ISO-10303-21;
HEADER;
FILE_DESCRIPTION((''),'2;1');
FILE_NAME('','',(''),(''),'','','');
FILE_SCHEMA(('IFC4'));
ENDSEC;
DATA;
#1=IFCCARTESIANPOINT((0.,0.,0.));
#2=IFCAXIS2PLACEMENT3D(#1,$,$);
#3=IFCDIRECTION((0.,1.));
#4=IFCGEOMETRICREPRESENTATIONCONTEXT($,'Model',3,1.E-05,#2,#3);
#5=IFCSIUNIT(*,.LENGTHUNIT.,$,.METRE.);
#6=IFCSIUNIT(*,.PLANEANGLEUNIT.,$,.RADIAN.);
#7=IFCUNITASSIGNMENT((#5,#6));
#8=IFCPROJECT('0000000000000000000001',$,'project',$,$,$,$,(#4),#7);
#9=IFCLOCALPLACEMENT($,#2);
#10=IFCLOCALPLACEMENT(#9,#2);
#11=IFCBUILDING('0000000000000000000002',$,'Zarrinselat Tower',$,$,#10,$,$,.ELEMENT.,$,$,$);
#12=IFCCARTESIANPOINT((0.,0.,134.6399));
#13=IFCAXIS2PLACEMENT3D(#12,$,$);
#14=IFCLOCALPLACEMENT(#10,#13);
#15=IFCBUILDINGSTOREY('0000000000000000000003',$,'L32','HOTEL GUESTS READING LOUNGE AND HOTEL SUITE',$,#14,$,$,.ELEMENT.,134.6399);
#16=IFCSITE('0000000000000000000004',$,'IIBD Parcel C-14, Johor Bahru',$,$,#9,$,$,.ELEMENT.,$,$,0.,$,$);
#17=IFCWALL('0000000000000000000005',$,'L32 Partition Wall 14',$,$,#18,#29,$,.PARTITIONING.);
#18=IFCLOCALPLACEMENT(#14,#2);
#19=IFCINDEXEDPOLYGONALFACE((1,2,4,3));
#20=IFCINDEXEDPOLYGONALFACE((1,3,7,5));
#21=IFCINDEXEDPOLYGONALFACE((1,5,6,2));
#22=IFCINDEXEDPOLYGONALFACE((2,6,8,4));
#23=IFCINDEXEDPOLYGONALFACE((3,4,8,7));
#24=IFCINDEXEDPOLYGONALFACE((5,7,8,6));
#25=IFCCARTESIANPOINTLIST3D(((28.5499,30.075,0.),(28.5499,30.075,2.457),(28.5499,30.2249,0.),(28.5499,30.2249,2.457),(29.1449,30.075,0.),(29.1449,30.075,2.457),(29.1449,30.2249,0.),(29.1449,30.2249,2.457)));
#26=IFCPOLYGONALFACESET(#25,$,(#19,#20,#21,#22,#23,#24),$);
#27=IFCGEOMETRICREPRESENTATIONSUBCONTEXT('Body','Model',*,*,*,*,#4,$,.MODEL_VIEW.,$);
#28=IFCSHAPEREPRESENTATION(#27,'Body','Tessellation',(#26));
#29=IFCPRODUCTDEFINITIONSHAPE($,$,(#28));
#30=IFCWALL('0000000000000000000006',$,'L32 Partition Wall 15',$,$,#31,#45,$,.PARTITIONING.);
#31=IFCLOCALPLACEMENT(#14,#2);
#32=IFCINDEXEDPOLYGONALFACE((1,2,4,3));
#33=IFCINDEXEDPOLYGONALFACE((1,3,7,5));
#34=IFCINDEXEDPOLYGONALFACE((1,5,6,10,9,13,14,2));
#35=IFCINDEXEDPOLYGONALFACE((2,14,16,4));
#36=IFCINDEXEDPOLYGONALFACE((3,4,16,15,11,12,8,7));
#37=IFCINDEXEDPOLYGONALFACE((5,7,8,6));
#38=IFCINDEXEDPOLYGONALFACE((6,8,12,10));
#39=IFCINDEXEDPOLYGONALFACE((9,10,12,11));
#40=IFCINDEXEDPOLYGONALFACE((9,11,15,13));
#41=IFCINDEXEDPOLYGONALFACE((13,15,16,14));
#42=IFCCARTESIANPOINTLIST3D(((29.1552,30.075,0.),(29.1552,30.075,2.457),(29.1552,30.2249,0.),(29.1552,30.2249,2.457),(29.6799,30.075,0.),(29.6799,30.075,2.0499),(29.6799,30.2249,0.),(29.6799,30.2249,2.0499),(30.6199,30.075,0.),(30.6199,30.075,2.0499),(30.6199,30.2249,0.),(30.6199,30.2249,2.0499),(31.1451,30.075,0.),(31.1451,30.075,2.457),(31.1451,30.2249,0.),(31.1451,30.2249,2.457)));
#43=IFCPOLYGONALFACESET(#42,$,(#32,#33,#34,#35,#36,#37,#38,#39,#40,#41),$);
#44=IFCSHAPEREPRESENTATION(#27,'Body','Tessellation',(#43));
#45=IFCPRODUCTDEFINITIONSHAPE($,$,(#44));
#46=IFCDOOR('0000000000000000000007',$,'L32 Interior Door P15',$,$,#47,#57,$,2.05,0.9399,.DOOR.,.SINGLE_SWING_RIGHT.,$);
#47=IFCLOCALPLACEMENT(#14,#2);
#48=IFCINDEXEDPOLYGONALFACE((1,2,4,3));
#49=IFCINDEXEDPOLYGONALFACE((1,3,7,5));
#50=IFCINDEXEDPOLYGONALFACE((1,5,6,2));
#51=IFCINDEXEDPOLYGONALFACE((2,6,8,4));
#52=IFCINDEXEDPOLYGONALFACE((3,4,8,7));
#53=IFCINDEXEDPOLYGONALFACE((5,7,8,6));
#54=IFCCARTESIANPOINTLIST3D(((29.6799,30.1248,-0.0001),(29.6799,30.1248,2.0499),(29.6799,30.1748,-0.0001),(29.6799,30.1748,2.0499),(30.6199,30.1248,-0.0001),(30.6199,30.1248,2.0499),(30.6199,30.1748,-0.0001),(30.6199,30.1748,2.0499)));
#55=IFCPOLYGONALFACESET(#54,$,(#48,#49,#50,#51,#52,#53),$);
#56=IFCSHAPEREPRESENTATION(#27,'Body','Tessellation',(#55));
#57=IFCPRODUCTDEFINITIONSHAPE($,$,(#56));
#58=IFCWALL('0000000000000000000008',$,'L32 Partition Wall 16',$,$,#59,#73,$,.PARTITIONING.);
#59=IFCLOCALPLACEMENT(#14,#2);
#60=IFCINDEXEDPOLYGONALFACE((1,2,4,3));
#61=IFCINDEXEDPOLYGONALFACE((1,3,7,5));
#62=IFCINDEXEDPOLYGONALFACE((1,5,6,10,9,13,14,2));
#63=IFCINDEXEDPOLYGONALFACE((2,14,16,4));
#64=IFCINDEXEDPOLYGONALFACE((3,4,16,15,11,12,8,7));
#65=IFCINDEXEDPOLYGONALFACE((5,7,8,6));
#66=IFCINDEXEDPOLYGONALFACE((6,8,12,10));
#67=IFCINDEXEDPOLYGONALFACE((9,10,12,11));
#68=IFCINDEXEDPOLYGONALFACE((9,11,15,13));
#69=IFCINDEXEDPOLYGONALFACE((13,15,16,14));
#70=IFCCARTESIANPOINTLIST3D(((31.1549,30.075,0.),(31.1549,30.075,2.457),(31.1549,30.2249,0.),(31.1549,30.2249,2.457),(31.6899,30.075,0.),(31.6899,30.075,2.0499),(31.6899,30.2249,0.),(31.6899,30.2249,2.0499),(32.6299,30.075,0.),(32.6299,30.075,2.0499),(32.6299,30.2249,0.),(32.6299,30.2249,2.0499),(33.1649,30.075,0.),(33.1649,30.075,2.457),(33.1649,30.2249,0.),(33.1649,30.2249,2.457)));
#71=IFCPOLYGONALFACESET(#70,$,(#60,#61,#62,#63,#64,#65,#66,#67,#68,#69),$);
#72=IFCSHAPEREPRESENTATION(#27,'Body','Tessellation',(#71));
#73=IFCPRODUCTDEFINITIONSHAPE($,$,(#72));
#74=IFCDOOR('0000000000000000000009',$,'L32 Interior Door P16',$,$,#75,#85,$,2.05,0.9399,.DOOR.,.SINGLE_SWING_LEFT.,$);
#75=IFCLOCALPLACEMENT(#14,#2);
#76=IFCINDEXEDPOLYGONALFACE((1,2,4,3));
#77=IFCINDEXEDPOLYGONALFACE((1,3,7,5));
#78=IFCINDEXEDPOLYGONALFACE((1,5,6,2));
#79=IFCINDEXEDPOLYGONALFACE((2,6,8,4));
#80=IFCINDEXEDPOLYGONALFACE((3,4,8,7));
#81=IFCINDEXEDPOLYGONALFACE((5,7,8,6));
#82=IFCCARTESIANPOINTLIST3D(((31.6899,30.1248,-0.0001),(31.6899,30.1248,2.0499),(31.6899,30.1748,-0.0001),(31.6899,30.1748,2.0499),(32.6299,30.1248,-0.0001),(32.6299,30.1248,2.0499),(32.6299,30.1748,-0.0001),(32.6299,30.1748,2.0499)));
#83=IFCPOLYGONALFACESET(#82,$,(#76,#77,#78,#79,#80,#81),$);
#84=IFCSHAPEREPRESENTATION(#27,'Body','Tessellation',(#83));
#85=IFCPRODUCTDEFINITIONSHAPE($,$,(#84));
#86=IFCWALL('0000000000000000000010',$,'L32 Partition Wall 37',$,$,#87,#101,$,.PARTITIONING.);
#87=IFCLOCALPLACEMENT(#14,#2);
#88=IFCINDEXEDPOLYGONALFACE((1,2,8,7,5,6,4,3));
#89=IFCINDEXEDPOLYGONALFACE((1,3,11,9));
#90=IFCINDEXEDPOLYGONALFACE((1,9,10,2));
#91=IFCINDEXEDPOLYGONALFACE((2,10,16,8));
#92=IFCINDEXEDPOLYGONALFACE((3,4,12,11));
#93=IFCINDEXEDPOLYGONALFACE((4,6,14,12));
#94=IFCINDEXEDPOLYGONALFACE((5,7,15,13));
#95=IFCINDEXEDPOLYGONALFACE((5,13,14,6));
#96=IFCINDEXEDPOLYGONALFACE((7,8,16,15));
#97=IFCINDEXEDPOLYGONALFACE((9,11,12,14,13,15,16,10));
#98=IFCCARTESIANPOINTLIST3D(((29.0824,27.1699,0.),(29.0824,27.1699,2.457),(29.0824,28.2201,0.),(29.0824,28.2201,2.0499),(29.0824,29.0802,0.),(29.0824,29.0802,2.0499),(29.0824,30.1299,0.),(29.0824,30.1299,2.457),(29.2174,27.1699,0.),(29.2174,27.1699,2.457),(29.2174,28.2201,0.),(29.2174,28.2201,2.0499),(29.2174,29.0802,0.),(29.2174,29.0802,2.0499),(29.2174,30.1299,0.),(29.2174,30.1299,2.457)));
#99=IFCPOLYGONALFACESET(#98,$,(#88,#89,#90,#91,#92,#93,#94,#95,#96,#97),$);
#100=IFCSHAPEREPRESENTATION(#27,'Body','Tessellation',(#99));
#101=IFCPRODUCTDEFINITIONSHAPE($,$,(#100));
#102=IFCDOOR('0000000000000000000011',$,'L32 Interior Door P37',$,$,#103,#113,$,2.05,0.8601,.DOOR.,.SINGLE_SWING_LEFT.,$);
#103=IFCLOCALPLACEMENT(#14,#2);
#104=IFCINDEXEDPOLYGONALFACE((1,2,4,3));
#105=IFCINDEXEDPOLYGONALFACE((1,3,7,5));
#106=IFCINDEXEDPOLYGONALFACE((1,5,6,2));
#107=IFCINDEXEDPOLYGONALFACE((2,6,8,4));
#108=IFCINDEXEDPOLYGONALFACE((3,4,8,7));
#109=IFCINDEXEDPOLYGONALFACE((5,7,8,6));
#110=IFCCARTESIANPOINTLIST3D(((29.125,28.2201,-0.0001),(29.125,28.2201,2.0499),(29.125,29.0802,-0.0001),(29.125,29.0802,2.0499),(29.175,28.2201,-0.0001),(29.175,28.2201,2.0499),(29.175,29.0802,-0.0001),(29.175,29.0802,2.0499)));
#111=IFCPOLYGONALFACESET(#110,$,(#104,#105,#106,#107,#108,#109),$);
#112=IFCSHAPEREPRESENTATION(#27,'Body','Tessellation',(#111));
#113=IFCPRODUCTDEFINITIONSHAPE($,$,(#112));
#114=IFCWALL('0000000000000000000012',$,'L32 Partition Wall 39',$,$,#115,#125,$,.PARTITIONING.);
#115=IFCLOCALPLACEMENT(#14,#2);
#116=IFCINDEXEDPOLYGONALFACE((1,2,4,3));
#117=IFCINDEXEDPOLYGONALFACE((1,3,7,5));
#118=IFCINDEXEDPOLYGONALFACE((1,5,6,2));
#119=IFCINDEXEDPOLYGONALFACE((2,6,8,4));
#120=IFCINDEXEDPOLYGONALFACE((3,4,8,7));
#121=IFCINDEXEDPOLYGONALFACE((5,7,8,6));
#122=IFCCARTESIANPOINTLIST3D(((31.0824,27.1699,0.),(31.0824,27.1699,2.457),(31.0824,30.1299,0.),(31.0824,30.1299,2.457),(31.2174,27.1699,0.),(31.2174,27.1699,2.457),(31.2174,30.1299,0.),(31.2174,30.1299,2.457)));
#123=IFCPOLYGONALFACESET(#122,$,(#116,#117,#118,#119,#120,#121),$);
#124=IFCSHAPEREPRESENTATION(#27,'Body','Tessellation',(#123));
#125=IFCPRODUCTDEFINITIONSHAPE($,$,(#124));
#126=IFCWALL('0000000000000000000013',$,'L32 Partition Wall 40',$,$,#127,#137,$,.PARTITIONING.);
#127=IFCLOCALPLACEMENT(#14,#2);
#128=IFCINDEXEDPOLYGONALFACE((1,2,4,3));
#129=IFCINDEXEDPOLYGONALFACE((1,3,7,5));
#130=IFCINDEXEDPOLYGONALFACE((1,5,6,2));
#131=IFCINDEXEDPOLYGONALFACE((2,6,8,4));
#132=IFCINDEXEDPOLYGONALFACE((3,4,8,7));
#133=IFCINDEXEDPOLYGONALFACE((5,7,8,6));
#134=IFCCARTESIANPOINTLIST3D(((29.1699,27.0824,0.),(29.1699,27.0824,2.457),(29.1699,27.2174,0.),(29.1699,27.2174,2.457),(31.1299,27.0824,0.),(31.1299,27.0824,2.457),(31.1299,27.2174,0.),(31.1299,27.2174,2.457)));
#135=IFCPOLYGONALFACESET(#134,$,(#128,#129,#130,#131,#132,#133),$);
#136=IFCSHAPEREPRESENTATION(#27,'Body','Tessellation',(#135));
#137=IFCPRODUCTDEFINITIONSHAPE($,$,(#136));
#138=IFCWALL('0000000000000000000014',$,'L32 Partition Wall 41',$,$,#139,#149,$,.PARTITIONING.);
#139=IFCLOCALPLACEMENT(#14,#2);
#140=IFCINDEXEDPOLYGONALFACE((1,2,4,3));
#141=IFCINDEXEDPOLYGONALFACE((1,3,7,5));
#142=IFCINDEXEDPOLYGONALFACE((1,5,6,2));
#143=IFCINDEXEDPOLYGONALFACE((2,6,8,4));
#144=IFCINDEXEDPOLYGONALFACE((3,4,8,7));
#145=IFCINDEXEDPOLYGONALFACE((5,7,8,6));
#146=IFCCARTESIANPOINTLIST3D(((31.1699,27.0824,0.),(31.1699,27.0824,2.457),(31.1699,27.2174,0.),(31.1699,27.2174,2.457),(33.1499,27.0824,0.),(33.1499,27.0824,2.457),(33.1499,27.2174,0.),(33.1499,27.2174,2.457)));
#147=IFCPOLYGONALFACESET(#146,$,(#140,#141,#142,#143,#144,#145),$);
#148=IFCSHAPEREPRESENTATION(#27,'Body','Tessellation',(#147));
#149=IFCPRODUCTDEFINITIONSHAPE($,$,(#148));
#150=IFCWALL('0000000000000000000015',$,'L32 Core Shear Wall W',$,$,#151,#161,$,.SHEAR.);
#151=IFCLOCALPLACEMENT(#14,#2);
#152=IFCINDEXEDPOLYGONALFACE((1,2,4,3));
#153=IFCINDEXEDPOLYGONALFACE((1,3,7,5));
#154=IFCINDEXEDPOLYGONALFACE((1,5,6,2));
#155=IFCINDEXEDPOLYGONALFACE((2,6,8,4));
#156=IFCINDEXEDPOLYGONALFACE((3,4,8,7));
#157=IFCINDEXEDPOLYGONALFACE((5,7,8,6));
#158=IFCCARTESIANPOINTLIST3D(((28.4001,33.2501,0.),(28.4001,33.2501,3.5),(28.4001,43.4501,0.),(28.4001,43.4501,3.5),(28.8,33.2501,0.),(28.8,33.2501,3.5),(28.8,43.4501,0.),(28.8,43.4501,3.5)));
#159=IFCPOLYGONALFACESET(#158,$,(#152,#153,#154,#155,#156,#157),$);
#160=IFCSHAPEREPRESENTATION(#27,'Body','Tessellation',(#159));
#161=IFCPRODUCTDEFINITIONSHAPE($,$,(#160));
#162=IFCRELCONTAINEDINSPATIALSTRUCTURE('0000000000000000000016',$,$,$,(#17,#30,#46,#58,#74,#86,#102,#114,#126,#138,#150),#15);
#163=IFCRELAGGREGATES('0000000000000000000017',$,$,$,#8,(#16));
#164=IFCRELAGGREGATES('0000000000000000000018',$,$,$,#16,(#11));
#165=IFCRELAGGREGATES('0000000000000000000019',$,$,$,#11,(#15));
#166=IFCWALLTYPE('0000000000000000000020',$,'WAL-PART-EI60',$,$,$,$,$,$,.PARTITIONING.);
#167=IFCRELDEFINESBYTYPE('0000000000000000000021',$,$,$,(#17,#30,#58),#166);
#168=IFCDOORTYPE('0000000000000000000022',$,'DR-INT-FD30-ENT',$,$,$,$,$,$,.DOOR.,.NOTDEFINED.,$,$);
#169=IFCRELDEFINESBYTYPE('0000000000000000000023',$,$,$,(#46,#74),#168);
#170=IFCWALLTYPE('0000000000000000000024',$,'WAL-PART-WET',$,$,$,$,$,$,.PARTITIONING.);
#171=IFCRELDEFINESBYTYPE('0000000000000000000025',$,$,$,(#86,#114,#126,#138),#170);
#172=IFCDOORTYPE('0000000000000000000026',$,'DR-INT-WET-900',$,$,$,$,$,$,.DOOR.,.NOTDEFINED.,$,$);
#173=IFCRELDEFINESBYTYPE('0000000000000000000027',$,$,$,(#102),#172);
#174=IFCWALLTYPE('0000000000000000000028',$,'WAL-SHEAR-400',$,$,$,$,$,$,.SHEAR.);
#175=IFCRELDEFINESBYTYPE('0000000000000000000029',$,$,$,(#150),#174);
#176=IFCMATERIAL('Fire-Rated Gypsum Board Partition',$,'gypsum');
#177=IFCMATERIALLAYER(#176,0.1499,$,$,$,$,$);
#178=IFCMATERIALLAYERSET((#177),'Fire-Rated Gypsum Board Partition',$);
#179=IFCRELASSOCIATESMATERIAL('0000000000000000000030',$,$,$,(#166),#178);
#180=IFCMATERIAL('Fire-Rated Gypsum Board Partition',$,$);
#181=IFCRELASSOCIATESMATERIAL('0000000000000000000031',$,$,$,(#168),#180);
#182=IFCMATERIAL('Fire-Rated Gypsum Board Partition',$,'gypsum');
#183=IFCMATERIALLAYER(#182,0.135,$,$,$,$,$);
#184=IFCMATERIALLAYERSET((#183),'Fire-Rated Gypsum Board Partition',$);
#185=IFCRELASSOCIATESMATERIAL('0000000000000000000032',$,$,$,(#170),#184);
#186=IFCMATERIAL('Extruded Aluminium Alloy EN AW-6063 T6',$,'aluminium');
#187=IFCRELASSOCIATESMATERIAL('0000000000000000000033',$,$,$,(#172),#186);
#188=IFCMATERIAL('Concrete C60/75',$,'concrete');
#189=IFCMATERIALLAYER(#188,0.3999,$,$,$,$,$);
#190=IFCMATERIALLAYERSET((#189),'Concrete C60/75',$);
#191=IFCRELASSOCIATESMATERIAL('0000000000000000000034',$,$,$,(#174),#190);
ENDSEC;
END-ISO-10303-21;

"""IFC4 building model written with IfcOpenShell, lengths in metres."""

from ifc_helpers import new_model, si_unit, direction, frame, frame_2d, origin, place, context, subcontext, project, spatial, rectangle, extrude, material, layer, layer_set, type_object, element, fill, save


model = new_model("IFC4")

# Units and contexts
model_context = context("Model", 3, precision=1e-05, world=origin(), true_north=direction((0.0, 1.0)))
body_context = subcontext(model_context, "Body", "Model", "MODEL_VIEW")
ifc_project = project(units=[si_unit("LENGTHUNIT", "METRE"), si_unit("PLANEANGLEUNIT", "RADIAN")], contexts=[model_context])

# Site, building, storey
site_placement = place(None, origin())
site = spatial("IfcSite", under=ifc_project, at=site_placement, Name="IIBD Parcel C-14, Johor Bahru", CompositionType="ELEMENT", RefElevation=0.0)
building_placement = place(site_placement, origin())
building = spatial("IfcBuilding", under=site, at=building_placement, Name="Zarrinselat Tower", CompositionType="ELEMENT")
storey_placement = place(building_placement, frame((0.0, 0.0, 134.6399)))
storey = spatial("IfcBuildingStorey", under=building, at=storey_placement, Name="L32", Description="HOTEL GUESTS READING LOUNGE AND HOTEL SUITE", CompositionType="ELEMENT", Elevation=134.6399)

# Wall
ifc_material_1 = material(Name="Fire-Rated Gypsum Board Partition", Category="gypsum")
ifc_layer_1 = layer(ifc_material_1, 0.1499)
ifc_layer_set_1 = layer_set([ifc_layer_1], Name="Fire-Rated Gypsum Board Partition")
wall_type_1 = type_object("IfcWallType", Name="WAL-PART-EI60", PredefinedType="PARTITIONING", material=ifc_layer_set_1)
wall_1_placement = place(storey_placement, frame((28.55, 30.1499, 0.0), z_axis=(0.0, 0.0, 1.0), x_axis=(1.0, 0.0, 0.0)))
element("IfcWall", 1, at=wall_1_placement, inside=storey, type_object=wall_type_1, Name="L32 Partition Wall 14", PredefinedType="PARTITIONING", context=body_context, shape_type="SweptSolid", body=[
    extrude(rectangle(XDim=0.595, YDim=0.1499, at=frame_2d((0.2974, 0.0))), origin(), (0.0, 0.0, 1.0), 2.457),
])

# Walls, openings, doors
wall_2_placement = place(storey_placement, frame((29.155, 30.1499, 0.0), z_axis=(0.0, 0.0, 1.0), x_axis=(1.0, 0.0, 0.0)))
wall_2 = element("IfcWall", 2, at=wall_2_placement, inside=storey, type_object=wall_type_1, Name="L32 Partition Wall 15", PredefinedType="PARTITIONING", context=body_context, shape_type="SweptSolid", body=[
    extrude(rectangle(XDim=1.99, YDim=0.1499, at=frame_2d((0.9951, 0.0))), origin(), (0.0, 0.0, 1.0), 2.457),
])
opening_1_placement = place(wall_2_placement, frame((0.5249, 0.0, 0.0)))
opening_1 = element("IfcOpeningElement", 3, at=opening_1_placement, cuts=wall_2, PredefinedType="OPENING", context=body_context, shape_type="SweptSolid", body=[
    extrude(rectangle(XDim=0.9399, YDim=2.05, at=frame_2d((0.47, 1.0249))), frame((0.0, 0.085, 0.0), z_axis=(0.0, -1.0, 0.0), x_axis=(1.0, 0.0, 0.0)), (0.0, 0.0, 1.0), 0.1699),
])
ifc_material_2 = material(Name="Fire-Rated Gypsum Board Partition")
door_type_1 = type_object("IfcDoorType", Name="DR-INT-FD30-ENT", OperationType="NOTDEFINED", PredefinedType="DOOR", material=ifc_material_2)
door_1_placement = place(opening_1_placement, origin())
door_1 = element("IfcDoor", 4, at=door_1_placement, inside=storey, type_object=door_type_1, Name="L32 Interior Door P15", OperationType="SINGLE_SWING_RIGHT", OverallHeight=2.05, OverallWidth=0.9399, PredefinedType="DOOR", context=body_context, shape_type="SweptSolid", body=[
    extrude(rectangle(XDim=0.9399, YDim=2.05, at=frame_2d((0.47, 1.0249))), frame((0.0, 0.0249, 0.0), z_axis=(0.0, -1.0, 0.0), x_axis=(1.0, 0.0, 0.0)), (0.0, 0.0, 1.0), 0.05),
])
fill(opening_1, door_1)
wall_3_placement = place(storey_placement, frame((31.155, 30.1499, 0.0), z_axis=(0.0, 0.0, 1.0), x_axis=(1.0, 0.0, 0.0)))
wall_3 = element("IfcWall", 5, at=wall_3_placement, inside=storey, type_object=wall_type_1, Name="L32 Partition Wall 16", PredefinedType="PARTITIONING", context=body_context, shape_type="SweptSolid", body=[
    extrude(rectangle(XDim=2.01, YDim=0.1499, at=frame_2d((1.0049, 0.0))), origin(), (0.0, 0.0, 1.0), 2.457),
])
opening_2_placement = place(wall_3_placement, frame((0.5349, 0.0, 0.0)))
opening_2 = element("IfcOpeningElement", 6, at=opening_2_placement, cuts=wall_3, PredefinedType="OPENING", context=body_context, shape_type="SweptSolid", body=[
    extrude(rectangle(XDim=0.9399, YDim=2.05, at=frame_2d((0.47, 1.0249))), frame((0.0, 0.085, 0.0), z_axis=(0.0, -1.0, 0.0), x_axis=(1.0, 0.0, 0.0)), (0.0, 0.0, 1.0), 0.1699),
])
door_2_placement = place(opening_2_placement, origin())
door_2 = element("IfcDoor", 7, at=door_2_placement, inside=storey, type_object=door_type_1, Name="L32 Interior Door P16", OperationType="SINGLE_SWING_LEFT", OverallHeight=2.05, OverallWidth=0.9399, PredefinedType="DOOR", context=body_context, shape_type="SweptSolid", body=[
    extrude(rectangle(XDim=0.9399, YDim=2.05, at=frame_2d((0.47, 1.0249))), frame((0.0, 0.0249, 0.0), z_axis=(0.0, -1.0, 0.0), x_axis=(1.0, 0.0, 0.0)), (0.0, 0.0, 1.0), 0.05),
])
fill(opening_2, door_2)
ifc_material_3 = material(Name="Fire-Rated Gypsum Board Partition", Category="gypsum")
ifc_layer_2 = layer(ifc_material_3, 0.135)
ifc_layer_set_2 = layer_set([ifc_layer_2], Name="Fire-Rated Gypsum Board Partition")
wall_type_2 = type_object("IfcWallType", Name="WAL-PART-WET", PredefinedType="PARTITIONING", material=ifc_layer_set_2)
wall_4_placement = place(storey_placement, frame((29.1499, 27.1699, 0.0), z_axis=(0.0, 0.0, 1.0), x_axis=(0.0, 1.0, 0.0)))
wall_4 = element("IfcWall", 8, at=wall_4_placement, inside=storey, type_object=wall_type_2, Name="L32 Partition Wall 37", PredefinedType="PARTITIONING", context=body_context, shape_type="SweptSolid", body=[
    extrude(rectangle(XDim=2.96, YDim=0.135, at=frame_2d((1.48, 0.0))), origin(), (0.0, 0.0, 1.0), 2.457),
])
opening_3_placement = place(wall_4_placement, frame((1.05, 0.0, 0.0)))
opening_3 = element("IfcOpeningElement", 9, at=opening_3_placement, cuts=wall_4, PredefinedType="OPENING", context=body_context, shape_type="SweptSolid", body=[
    extrude(rectangle(XDim=0.8601, YDim=2.05, at=frame_2d((0.4302, 1.0249))), frame((0.0, 0.0774, 0.0), z_axis=(0.0, -1.0, 0.0), x_axis=(1.0, 0.0, 0.0)), (0.0, 0.0, 1.0), 0.155),
])
ifc_material_4 = material(Name="Extruded Aluminium Alloy EN AW-6063 T6", Category="aluminium")
door_type_2 = type_object("IfcDoorType", Name="DR-INT-WET-900", OperationType="NOTDEFINED", PredefinedType="DOOR", material=ifc_material_4)
door_3_placement = place(opening_3_placement, origin())
door_3 = element("IfcDoor", 10, at=door_3_placement, inside=storey, type_object=door_type_2, Name="L32 Interior Door P37", OperationType="SINGLE_SWING_LEFT", OverallHeight=2.05, OverallWidth=0.8601, PredefinedType="DOOR", context=body_context, shape_type="SweptSolid", body=[
    extrude(rectangle(XDim=0.8601, YDim=2.05, at=frame_2d((0.4302, 1.0249))), frame((0.0, 0.0249, 0.0), z_axis=(0.0, -1.0, 0.0), x_axis=(1.0, 0.0, 0.0)), (0.0, 0.0, 1.0), 0.05),
])
fill(opening_3, door_3)

# Walls
wall_5_placement = place(storey_placement, frame((31.1499, 27.1699, 0.0), z_axis=(0.0, 0.0, 1.0), x_axis=(0.0, 1.0, 0.0)))
element("IfcWall", 11, at=wall_5_placement, inside=storey, type_object=wall_type_2, Name="L32 Partition Wall 39", PredefinedType="PARTITIONING", context=body_context, shape_type="SweptSolid", body=[
    extrude(rectangle(XDim=2.96, YDim=0.135, at=frame_2d((1.48, 0.0))), origin(), (0.0, 0.0, 1.0), 2.457),
])
wall_6_placement = place(storey_placement, frame((29.1699, 27.1499, 0.0), z_axis=(0.0, 0.0, 1.0), x_axis=(1.0, 0.0, 0.0)))
element("IfcWall", 12, at=wall_6_placement, inside=storey, type_object=wall_type_2, Name="L32 Partition Wall 40", PredefinedType="PARTITIONING", context=body_context, shape_type="SweptSolid", body=[
    extrude(rectangle(XDim=1.96, YDim=0.135, at=frame_2d((0.98, 0.0))), origin(), (0.0, 0.0, 1.0), 2.457),
])
wall_7_placement = place(storey_placement, frame((31.1699, 27.1499, 0.0), z_axis=(0.0, 0.0, 1.0), x_axis=(1.0, 0.0, 0.0)))
element("IfcWall", 13, at=wall_7_placement, inside=storey, type_object=wall_type_2, Name="L32 Partition Wall 41", PredefinedType="PARTITIONING", context=body_context, shape_type="SweptSolid", body=[
    extrude(rectangle(XDim=1.98, YDim=0.135, at=frame_2d((0.99, 0.0))), origin(), (0.0, 0.0, 1.0), 2.457),
])

# Shared definitions
ifc_material_5 = material(Name="Concrete C60/75", Category="concrete")
ifc_layer_3 = layer(ifc_material_5, 0.3999)
ifc_layer_set_3 = layer_set([ifc_layer_3], Name="Concrete C60/75")
wall_type_3 = type_object("IfcWallType", Name="WAL-SHEAR-400", PredefinedType="SHEAR", material=ifc_layer_set_3)

# Wall
wall_8_placement = place(storey_placement, frame((28.6001, 33.25, 0.0), z_axis=(0.0, 0.0, 1.0), x_axis=(0.0, 1.0, 0.0)))
element("IfcWall", 14, at=wall_8_placement, inside=storey, type_object=wall_type_3, Name="L32 Core Shear Wall W", PredefinedType="SHEAR", context=body_context, shape_type="SweptSolid", body=[
    extrude(rectangle(XDim=10.2, YDim=0.3999, at=frame_2d((5.1001, 0.0))), origin(), (0.0, 0.0, 1.0), 3.5),
])

save(model, "model.ifc")
